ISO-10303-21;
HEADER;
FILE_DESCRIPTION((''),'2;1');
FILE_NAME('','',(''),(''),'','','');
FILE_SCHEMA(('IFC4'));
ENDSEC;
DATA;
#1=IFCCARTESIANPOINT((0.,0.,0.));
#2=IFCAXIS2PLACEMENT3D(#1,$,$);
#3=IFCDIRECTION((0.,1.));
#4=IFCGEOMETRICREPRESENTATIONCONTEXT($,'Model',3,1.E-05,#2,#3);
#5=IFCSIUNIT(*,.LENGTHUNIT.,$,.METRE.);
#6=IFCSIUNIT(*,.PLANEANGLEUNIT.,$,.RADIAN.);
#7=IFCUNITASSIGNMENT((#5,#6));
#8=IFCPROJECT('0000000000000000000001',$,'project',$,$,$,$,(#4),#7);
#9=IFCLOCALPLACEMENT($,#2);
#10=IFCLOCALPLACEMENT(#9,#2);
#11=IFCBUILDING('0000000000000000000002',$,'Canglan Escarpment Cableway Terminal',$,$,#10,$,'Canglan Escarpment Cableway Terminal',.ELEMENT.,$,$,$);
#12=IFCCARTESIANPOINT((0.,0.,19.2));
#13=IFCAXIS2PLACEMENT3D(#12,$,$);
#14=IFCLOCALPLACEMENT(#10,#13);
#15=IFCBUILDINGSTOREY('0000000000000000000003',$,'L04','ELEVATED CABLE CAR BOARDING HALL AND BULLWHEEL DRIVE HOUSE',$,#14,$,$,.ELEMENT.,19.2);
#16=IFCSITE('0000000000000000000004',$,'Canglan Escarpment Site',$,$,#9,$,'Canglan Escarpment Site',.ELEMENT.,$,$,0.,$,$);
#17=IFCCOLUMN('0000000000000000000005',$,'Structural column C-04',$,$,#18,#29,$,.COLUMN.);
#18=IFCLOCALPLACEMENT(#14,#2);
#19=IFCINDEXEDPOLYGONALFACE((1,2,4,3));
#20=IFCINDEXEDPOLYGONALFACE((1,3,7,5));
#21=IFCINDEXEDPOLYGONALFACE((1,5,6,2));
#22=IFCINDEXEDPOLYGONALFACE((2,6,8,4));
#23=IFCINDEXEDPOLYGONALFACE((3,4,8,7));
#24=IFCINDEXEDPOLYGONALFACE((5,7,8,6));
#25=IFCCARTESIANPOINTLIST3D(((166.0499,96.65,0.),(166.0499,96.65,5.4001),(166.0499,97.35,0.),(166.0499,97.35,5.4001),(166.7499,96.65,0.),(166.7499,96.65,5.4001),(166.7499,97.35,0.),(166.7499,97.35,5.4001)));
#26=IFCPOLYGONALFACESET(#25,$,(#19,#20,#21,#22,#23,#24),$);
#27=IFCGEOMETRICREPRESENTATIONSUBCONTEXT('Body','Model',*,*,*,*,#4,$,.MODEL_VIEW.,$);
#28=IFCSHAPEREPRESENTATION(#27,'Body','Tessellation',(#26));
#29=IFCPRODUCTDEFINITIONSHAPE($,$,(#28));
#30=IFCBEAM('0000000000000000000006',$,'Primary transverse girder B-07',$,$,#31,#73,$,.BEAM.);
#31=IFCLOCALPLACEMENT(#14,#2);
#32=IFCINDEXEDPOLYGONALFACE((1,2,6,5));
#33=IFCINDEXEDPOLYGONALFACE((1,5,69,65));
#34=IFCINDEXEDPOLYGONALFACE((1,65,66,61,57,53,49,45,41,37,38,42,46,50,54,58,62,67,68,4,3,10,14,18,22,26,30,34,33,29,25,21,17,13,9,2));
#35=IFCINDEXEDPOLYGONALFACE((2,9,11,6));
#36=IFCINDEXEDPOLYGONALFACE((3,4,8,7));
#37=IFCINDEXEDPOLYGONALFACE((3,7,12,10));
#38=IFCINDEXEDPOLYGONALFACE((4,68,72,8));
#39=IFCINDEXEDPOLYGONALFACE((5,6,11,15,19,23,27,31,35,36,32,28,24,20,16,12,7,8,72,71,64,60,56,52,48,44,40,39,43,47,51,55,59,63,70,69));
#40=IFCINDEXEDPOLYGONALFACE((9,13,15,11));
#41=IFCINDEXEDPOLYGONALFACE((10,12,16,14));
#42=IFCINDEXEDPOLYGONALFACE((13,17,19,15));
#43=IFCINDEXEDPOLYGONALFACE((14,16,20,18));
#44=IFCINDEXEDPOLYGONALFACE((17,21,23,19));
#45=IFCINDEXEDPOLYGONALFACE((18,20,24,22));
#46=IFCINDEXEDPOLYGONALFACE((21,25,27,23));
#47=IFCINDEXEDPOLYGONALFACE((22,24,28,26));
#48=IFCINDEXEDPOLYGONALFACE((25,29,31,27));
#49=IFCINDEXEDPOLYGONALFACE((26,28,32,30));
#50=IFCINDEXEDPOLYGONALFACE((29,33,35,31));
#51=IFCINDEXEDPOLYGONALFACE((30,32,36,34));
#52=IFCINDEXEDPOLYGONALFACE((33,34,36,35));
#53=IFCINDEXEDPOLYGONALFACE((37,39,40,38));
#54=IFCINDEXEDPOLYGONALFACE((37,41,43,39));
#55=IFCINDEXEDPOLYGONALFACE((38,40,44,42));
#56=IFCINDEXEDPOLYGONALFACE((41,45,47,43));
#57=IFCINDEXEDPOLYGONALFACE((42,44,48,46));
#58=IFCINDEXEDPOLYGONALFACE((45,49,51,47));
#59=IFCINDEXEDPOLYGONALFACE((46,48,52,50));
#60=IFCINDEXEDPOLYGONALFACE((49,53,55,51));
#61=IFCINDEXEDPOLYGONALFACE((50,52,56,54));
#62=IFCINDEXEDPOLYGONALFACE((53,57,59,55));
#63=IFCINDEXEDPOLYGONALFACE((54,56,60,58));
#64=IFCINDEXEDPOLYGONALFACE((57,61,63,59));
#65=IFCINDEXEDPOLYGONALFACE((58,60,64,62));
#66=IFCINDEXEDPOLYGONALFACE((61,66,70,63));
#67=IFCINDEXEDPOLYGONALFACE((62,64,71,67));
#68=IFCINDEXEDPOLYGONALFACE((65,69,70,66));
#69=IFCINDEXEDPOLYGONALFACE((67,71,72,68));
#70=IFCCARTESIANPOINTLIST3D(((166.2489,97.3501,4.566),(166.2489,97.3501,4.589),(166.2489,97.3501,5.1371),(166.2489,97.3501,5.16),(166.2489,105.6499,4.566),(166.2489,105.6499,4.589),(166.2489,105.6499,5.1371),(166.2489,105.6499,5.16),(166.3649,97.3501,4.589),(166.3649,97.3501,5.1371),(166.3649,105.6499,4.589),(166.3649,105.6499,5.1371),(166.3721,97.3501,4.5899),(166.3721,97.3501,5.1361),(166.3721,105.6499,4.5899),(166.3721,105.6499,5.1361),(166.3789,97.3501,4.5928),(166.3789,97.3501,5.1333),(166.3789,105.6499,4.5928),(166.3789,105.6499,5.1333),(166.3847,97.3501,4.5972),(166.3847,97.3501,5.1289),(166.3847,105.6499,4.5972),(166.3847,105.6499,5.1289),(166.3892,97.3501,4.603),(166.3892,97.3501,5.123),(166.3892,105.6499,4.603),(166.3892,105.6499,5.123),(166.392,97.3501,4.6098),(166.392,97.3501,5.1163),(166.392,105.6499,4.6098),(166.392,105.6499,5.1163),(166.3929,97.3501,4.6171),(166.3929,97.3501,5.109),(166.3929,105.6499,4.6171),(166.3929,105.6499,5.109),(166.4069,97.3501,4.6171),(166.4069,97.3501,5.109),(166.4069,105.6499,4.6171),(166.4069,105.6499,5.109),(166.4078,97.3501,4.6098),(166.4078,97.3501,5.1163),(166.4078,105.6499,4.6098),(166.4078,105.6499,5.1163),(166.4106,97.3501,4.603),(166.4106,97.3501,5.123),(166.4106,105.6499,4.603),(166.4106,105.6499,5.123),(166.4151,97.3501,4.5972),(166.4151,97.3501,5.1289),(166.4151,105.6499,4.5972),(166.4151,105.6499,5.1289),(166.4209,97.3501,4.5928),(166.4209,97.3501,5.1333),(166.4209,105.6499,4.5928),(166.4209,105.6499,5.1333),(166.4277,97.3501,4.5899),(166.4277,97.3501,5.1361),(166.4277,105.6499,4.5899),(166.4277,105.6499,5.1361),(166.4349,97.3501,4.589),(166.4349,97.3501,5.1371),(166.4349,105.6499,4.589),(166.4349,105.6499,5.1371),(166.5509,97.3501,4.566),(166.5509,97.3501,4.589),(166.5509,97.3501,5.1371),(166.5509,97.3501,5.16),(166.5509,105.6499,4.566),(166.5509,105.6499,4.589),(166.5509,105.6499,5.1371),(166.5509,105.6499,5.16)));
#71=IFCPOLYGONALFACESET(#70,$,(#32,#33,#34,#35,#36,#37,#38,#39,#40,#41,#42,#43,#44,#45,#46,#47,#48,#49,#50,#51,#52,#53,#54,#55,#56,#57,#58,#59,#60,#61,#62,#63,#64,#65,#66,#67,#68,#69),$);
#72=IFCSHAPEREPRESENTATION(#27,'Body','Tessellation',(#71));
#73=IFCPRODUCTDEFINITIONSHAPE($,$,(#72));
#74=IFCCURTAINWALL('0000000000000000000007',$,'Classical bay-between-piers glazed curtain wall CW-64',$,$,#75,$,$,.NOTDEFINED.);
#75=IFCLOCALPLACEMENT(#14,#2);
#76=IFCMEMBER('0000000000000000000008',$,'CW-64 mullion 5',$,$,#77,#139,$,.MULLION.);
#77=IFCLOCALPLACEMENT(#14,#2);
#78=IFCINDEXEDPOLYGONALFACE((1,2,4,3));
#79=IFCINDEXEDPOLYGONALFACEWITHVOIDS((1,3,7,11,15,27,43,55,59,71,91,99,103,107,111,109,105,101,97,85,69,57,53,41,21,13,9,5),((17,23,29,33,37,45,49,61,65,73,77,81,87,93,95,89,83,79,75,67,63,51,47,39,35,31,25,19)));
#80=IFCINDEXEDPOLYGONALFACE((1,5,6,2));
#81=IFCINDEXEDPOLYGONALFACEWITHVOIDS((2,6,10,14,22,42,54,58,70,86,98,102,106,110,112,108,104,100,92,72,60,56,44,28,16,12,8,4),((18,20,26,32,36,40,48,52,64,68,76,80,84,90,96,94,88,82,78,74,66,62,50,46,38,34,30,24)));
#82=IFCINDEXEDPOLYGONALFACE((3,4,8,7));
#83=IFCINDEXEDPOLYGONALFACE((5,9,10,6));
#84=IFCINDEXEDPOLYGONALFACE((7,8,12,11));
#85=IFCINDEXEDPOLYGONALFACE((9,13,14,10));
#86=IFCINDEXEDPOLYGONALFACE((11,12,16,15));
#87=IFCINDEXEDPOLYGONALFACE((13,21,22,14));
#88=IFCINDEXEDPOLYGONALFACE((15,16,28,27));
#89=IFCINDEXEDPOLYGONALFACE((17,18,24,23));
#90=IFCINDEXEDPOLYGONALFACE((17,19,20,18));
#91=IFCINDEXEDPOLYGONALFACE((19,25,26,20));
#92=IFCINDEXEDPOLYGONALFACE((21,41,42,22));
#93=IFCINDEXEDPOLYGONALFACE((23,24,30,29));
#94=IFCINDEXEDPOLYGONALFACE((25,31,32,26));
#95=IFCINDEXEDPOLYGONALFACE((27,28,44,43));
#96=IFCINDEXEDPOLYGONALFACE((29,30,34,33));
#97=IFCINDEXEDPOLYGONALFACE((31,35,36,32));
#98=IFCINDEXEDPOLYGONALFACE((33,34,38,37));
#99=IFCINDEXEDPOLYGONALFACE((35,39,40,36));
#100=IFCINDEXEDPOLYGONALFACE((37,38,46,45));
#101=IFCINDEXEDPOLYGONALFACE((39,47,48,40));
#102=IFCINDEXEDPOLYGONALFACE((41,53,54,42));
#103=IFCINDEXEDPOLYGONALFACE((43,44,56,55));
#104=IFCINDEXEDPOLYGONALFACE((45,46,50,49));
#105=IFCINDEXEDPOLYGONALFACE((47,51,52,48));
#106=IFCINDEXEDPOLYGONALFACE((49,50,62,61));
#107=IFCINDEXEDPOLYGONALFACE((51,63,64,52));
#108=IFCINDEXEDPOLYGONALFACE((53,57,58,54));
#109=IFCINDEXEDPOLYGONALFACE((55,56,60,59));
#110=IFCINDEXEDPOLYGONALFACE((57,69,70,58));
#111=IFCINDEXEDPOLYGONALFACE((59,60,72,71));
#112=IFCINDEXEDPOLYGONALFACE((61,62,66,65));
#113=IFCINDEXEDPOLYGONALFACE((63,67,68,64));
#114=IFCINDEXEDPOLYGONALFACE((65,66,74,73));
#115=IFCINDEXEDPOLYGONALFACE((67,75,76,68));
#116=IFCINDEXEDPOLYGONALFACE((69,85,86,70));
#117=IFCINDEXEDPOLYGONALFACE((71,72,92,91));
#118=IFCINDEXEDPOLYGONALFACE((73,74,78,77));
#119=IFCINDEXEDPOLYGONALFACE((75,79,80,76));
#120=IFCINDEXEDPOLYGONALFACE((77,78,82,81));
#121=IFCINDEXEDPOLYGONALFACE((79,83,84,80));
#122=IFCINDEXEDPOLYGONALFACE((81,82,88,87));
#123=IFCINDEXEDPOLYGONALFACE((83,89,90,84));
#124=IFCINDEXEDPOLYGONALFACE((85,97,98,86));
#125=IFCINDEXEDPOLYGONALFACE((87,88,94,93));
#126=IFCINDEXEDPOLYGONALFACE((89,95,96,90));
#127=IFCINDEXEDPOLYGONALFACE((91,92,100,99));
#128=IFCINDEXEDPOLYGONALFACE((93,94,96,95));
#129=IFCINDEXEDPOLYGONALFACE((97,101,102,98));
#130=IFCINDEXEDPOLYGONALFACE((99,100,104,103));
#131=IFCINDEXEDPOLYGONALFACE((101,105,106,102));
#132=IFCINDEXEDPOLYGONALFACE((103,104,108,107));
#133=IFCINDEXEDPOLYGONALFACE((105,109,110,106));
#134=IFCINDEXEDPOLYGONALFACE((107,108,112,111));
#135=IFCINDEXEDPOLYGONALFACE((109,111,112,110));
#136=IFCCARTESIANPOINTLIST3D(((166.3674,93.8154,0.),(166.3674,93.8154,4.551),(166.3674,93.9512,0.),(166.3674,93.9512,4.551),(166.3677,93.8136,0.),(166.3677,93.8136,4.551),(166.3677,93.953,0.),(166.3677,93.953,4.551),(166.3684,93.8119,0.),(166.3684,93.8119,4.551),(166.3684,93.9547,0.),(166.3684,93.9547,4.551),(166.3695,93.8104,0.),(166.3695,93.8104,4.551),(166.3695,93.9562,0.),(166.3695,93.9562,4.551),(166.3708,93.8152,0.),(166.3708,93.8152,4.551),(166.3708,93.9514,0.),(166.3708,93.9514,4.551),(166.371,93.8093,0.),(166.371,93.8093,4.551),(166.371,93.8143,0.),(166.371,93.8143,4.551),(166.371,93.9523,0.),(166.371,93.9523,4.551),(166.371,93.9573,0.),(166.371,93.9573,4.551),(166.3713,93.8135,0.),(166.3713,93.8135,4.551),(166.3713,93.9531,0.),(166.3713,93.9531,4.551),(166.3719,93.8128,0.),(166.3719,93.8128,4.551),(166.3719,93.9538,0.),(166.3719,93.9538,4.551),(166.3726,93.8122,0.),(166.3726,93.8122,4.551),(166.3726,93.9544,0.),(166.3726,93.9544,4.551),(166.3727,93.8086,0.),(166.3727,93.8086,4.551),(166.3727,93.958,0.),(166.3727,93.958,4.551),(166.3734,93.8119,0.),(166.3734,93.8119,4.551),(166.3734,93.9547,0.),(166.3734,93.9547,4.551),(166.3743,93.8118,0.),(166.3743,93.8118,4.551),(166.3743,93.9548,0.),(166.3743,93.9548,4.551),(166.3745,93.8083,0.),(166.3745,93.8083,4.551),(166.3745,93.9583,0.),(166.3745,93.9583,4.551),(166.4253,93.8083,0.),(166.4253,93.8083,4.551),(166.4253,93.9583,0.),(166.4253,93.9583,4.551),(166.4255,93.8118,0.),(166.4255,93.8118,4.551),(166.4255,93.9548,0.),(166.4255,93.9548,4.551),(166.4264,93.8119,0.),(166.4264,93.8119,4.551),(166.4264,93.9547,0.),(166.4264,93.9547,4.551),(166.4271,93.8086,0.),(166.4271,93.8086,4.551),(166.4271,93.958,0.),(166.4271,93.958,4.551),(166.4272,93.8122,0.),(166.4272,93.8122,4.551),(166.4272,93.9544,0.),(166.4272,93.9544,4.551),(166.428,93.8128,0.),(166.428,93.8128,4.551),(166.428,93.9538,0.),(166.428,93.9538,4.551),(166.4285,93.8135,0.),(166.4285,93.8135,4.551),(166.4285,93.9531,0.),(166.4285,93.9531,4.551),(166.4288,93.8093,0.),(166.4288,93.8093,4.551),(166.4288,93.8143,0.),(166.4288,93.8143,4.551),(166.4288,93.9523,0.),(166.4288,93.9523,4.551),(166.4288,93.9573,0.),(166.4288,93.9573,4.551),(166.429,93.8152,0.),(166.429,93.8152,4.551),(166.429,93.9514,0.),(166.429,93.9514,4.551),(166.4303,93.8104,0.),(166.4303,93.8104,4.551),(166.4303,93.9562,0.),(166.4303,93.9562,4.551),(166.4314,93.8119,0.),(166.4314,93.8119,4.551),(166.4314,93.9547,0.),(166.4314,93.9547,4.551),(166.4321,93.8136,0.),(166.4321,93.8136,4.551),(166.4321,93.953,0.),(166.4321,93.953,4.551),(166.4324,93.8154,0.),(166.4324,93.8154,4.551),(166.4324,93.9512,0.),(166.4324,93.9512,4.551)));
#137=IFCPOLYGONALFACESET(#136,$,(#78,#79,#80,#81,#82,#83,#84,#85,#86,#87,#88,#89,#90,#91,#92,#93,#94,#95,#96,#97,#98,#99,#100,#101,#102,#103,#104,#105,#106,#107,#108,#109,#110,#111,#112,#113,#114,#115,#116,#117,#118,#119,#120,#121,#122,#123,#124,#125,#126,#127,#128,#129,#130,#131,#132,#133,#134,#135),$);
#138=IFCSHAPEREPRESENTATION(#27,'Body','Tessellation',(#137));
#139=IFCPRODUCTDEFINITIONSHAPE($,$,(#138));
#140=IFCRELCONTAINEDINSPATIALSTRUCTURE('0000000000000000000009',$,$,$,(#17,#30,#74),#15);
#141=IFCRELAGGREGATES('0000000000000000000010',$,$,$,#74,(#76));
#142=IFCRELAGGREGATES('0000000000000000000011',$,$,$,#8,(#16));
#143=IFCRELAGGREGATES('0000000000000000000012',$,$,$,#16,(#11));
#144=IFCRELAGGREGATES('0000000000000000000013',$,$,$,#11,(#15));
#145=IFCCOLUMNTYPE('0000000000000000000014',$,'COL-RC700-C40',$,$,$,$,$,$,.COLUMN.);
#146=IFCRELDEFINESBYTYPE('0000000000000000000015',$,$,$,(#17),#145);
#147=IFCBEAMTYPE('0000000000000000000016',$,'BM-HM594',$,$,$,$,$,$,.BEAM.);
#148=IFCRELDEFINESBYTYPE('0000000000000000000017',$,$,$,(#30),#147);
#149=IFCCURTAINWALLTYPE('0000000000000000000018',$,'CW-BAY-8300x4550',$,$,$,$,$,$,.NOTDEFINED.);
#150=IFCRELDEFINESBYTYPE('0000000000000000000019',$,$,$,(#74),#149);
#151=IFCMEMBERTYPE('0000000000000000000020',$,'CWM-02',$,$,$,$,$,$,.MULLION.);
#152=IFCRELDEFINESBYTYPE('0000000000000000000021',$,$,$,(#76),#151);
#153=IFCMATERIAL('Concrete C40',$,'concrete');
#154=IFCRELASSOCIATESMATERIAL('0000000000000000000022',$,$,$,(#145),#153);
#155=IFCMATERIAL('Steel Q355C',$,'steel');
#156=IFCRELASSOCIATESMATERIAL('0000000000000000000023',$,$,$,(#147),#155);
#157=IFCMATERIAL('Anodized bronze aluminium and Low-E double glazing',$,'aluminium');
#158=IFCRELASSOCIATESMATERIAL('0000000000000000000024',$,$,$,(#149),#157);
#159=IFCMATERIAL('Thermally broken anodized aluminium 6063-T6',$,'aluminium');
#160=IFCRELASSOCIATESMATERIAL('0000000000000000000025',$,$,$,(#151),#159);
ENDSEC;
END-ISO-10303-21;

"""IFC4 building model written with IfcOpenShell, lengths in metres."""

from ifc_helpers import new_model, si_unit, direction, frame, origin, origin_2d, place, context, subcontext, project, spatial, rectangle, hollow_rectangle, i_section, extrude, material, material_profile, profile_set, type_object, element, aggregate, save


model = new_model("IFC4")

# Units and contexts
model_context = context("Model", 3, precision=1e-05, world=origin(), true_north=direction((0.0, 1.0)))
body_context = subcontext(model_context, "Body", "Model", "MODEL_VIEW")
ifc_project = project(units=[si_unit("LENGTHUNIT", "METRE"), si_unit("PLANEANGLEUNIT", "RADIAN")], contexts=[model_context])

# Site, building, storey
site_placement = place(None, origin())
site = spatial("IfcSite", under=ifc_project, at=site_placement, Name="Canglan Escarpment Site", LongName="Canglan Escarpment Site", CompositionType="ELEMENT", RefElevation=0.0)
building_placement = place(site_placement, origin())
building = spatial("IfcBuilding", under=site, at=building_placement, Name="Canglan Escarpment Cableway Terminal", LongName="Canglan Escarpment Cableway Terminal", CompositionType="ELEMENT")
storey_placement = place(building_placement, frame((0.0, 0.0, 19.2)))
storey = spatial("IfcBuildingStorey", under=building, at=storey_placement, Name="L04", Description="ELEVATED CABLE CAR BOARDING HALL AND BULLWHEEL DRIVE HOUSE", CompositionType="ELEMENT", Elevation=19.2)

# Column
ifc_material_1 = material(Name="Concrete C40", Category="concrete")
ifc_material_profile_1 = material_profile(ifc_material_1, rectangle(XDim=0.7, YDim=0.7, at=origin_2d()), Name="RC 700x700")
ifc_profile_set_1 = profile_set([ifc_material_profile_1], Name="Concrete C40")
column_type = type_object("IfcColumnType", Name="COL-RC700-C40", PredefinedType="COLUMN", material=ifc_profile_set_1)
column_placement = place(storey_placement, frame((166.3999, 97.0, 0.0), z_axis=(0.0, 0.0, 1.0), x_axis=(1.0, 0.0, 0.0)))
element("IfcColumn", 1, at=column_placement, inside=storey, type_object=column_type, Name="Structural column C-04", PredefinedType="COLUMN", context=body_context, shape_type="SweptSolid", body=[
    extrude(rectangle(XDim=0.7, YDim=0.7, at=origin_2d()), origin(), (0.0, 0.0, 1.0), 5.4001),
])

# Beam
ifc_material_2 = material(Name="Steel Q355C", Category="steel")
ifc_material_profile_2 = material_profile(ifc_material_2, i_section(OverallWidth=0.302, OverallDepth=0.594, WebThickness=0.0139, FlangeThickness=0.0229, FilletRadius=0.0281, at=origin_2d()), Name="HM 594x302x14x23")
ifc_profile_set_2 = profile_set([ifc_material_profile_2], Name="Steel Q355C")
beam_type = type_object("IfcBeamType", Name="BM-HM594", PredefinedType="BEAM", material=ifc_profile_set_2)
beam_placement = place(storey_placement, frame((166.3999, 97.3501, 4.863), z_axis=(0.0, 1.0, 0.0), x_axis=(-1.0, 0.0, 0.0)))
element("IfcBeam", 2, at=beam_placement, inside=storey, type_object=beam_type, Name="Primary transverse girder B-07", PredefinedType="BEAM", context=body_context, shape_type="SweptSolid", body=[
    extrude(i_section(OverallWidth=0.302, OverallDepth=0.594, WebThickness=0.0139, FlangeThickness=0.0229, FilletRadius=0.0281, at=origin_2d()), origin(), (0.0, 0.0, 1.0), 8.2998),
])

# Curtain wall, member
ifc_material_3 = material(Name="Anodized bronze aluminium and Low-E double glazing", Category="aluminium")
curtain_wall_type = type_object("IfcCurtainWallType", Name="CW-BAY-8300x4550", PredefinedType="NOTDEFINED", material=ifc_material_3)
curtain_wall_1_placement = place(storey_placement, origin())
curtain_wall_1 = element("IfcCurtainWall", 3, at=curtain_wall_1_placement, inside=storey, type_object=curtain_wall_type, Name="Classical bay-between-piers glazed curtain wall CW-64", PredefinedType="NOTDEFINED")
ifc_material_4 = material(Name="Thermally broken anodized aluminium 6063-T6", Category="aluminium")
ifc_material_profile_3 = material_profile(ifc_material_4, hollow_rectangle(XDim=0.0649, YDim=0.1499, WallThickness=0.0034, InnerFilletRadius=0.0034, OuterFilletRadius=0.0071, at=origin_2d()), Name="ALU-MULL 65x150x3.5")
ifc_profile_set_3 = profile_set([ifc_material_profile_3], Name="Thermally broken anodized aluminium 6063-T6")
member_type_1 = type_object("IfcMemberType", Name="CWM-02", PredefinedType="MULLION", material=ifc_profile_set_3)
member_1_placement = place(storey_placement, frame((166.3999, 93.8833, 0.0), z_axis=(0.0, 0.0, 1.0), x_axis=(-1.0, 0.0, 0.0)))
member_1 = element("IfcMember", 4, at=member_1_placement, type_object=member_type_1, Name="CW-64 mullion 5", PredefinedType="MULLION", context=body_context, shape_type="SweptSolid", body=[
    extrude(hollow_rectangle(XDim=0.0649, YDim=0.1499, WallThickness=0.0034, InnerFilletRadius=0.0034, OuterFilletRadius=0.0071, at=origin_2d()), origin(), (0.0, 0.0, 1.0), 4.551),
])

aggregate(curtain_wall_1, [member_1])

save(model, "model.ifc")
